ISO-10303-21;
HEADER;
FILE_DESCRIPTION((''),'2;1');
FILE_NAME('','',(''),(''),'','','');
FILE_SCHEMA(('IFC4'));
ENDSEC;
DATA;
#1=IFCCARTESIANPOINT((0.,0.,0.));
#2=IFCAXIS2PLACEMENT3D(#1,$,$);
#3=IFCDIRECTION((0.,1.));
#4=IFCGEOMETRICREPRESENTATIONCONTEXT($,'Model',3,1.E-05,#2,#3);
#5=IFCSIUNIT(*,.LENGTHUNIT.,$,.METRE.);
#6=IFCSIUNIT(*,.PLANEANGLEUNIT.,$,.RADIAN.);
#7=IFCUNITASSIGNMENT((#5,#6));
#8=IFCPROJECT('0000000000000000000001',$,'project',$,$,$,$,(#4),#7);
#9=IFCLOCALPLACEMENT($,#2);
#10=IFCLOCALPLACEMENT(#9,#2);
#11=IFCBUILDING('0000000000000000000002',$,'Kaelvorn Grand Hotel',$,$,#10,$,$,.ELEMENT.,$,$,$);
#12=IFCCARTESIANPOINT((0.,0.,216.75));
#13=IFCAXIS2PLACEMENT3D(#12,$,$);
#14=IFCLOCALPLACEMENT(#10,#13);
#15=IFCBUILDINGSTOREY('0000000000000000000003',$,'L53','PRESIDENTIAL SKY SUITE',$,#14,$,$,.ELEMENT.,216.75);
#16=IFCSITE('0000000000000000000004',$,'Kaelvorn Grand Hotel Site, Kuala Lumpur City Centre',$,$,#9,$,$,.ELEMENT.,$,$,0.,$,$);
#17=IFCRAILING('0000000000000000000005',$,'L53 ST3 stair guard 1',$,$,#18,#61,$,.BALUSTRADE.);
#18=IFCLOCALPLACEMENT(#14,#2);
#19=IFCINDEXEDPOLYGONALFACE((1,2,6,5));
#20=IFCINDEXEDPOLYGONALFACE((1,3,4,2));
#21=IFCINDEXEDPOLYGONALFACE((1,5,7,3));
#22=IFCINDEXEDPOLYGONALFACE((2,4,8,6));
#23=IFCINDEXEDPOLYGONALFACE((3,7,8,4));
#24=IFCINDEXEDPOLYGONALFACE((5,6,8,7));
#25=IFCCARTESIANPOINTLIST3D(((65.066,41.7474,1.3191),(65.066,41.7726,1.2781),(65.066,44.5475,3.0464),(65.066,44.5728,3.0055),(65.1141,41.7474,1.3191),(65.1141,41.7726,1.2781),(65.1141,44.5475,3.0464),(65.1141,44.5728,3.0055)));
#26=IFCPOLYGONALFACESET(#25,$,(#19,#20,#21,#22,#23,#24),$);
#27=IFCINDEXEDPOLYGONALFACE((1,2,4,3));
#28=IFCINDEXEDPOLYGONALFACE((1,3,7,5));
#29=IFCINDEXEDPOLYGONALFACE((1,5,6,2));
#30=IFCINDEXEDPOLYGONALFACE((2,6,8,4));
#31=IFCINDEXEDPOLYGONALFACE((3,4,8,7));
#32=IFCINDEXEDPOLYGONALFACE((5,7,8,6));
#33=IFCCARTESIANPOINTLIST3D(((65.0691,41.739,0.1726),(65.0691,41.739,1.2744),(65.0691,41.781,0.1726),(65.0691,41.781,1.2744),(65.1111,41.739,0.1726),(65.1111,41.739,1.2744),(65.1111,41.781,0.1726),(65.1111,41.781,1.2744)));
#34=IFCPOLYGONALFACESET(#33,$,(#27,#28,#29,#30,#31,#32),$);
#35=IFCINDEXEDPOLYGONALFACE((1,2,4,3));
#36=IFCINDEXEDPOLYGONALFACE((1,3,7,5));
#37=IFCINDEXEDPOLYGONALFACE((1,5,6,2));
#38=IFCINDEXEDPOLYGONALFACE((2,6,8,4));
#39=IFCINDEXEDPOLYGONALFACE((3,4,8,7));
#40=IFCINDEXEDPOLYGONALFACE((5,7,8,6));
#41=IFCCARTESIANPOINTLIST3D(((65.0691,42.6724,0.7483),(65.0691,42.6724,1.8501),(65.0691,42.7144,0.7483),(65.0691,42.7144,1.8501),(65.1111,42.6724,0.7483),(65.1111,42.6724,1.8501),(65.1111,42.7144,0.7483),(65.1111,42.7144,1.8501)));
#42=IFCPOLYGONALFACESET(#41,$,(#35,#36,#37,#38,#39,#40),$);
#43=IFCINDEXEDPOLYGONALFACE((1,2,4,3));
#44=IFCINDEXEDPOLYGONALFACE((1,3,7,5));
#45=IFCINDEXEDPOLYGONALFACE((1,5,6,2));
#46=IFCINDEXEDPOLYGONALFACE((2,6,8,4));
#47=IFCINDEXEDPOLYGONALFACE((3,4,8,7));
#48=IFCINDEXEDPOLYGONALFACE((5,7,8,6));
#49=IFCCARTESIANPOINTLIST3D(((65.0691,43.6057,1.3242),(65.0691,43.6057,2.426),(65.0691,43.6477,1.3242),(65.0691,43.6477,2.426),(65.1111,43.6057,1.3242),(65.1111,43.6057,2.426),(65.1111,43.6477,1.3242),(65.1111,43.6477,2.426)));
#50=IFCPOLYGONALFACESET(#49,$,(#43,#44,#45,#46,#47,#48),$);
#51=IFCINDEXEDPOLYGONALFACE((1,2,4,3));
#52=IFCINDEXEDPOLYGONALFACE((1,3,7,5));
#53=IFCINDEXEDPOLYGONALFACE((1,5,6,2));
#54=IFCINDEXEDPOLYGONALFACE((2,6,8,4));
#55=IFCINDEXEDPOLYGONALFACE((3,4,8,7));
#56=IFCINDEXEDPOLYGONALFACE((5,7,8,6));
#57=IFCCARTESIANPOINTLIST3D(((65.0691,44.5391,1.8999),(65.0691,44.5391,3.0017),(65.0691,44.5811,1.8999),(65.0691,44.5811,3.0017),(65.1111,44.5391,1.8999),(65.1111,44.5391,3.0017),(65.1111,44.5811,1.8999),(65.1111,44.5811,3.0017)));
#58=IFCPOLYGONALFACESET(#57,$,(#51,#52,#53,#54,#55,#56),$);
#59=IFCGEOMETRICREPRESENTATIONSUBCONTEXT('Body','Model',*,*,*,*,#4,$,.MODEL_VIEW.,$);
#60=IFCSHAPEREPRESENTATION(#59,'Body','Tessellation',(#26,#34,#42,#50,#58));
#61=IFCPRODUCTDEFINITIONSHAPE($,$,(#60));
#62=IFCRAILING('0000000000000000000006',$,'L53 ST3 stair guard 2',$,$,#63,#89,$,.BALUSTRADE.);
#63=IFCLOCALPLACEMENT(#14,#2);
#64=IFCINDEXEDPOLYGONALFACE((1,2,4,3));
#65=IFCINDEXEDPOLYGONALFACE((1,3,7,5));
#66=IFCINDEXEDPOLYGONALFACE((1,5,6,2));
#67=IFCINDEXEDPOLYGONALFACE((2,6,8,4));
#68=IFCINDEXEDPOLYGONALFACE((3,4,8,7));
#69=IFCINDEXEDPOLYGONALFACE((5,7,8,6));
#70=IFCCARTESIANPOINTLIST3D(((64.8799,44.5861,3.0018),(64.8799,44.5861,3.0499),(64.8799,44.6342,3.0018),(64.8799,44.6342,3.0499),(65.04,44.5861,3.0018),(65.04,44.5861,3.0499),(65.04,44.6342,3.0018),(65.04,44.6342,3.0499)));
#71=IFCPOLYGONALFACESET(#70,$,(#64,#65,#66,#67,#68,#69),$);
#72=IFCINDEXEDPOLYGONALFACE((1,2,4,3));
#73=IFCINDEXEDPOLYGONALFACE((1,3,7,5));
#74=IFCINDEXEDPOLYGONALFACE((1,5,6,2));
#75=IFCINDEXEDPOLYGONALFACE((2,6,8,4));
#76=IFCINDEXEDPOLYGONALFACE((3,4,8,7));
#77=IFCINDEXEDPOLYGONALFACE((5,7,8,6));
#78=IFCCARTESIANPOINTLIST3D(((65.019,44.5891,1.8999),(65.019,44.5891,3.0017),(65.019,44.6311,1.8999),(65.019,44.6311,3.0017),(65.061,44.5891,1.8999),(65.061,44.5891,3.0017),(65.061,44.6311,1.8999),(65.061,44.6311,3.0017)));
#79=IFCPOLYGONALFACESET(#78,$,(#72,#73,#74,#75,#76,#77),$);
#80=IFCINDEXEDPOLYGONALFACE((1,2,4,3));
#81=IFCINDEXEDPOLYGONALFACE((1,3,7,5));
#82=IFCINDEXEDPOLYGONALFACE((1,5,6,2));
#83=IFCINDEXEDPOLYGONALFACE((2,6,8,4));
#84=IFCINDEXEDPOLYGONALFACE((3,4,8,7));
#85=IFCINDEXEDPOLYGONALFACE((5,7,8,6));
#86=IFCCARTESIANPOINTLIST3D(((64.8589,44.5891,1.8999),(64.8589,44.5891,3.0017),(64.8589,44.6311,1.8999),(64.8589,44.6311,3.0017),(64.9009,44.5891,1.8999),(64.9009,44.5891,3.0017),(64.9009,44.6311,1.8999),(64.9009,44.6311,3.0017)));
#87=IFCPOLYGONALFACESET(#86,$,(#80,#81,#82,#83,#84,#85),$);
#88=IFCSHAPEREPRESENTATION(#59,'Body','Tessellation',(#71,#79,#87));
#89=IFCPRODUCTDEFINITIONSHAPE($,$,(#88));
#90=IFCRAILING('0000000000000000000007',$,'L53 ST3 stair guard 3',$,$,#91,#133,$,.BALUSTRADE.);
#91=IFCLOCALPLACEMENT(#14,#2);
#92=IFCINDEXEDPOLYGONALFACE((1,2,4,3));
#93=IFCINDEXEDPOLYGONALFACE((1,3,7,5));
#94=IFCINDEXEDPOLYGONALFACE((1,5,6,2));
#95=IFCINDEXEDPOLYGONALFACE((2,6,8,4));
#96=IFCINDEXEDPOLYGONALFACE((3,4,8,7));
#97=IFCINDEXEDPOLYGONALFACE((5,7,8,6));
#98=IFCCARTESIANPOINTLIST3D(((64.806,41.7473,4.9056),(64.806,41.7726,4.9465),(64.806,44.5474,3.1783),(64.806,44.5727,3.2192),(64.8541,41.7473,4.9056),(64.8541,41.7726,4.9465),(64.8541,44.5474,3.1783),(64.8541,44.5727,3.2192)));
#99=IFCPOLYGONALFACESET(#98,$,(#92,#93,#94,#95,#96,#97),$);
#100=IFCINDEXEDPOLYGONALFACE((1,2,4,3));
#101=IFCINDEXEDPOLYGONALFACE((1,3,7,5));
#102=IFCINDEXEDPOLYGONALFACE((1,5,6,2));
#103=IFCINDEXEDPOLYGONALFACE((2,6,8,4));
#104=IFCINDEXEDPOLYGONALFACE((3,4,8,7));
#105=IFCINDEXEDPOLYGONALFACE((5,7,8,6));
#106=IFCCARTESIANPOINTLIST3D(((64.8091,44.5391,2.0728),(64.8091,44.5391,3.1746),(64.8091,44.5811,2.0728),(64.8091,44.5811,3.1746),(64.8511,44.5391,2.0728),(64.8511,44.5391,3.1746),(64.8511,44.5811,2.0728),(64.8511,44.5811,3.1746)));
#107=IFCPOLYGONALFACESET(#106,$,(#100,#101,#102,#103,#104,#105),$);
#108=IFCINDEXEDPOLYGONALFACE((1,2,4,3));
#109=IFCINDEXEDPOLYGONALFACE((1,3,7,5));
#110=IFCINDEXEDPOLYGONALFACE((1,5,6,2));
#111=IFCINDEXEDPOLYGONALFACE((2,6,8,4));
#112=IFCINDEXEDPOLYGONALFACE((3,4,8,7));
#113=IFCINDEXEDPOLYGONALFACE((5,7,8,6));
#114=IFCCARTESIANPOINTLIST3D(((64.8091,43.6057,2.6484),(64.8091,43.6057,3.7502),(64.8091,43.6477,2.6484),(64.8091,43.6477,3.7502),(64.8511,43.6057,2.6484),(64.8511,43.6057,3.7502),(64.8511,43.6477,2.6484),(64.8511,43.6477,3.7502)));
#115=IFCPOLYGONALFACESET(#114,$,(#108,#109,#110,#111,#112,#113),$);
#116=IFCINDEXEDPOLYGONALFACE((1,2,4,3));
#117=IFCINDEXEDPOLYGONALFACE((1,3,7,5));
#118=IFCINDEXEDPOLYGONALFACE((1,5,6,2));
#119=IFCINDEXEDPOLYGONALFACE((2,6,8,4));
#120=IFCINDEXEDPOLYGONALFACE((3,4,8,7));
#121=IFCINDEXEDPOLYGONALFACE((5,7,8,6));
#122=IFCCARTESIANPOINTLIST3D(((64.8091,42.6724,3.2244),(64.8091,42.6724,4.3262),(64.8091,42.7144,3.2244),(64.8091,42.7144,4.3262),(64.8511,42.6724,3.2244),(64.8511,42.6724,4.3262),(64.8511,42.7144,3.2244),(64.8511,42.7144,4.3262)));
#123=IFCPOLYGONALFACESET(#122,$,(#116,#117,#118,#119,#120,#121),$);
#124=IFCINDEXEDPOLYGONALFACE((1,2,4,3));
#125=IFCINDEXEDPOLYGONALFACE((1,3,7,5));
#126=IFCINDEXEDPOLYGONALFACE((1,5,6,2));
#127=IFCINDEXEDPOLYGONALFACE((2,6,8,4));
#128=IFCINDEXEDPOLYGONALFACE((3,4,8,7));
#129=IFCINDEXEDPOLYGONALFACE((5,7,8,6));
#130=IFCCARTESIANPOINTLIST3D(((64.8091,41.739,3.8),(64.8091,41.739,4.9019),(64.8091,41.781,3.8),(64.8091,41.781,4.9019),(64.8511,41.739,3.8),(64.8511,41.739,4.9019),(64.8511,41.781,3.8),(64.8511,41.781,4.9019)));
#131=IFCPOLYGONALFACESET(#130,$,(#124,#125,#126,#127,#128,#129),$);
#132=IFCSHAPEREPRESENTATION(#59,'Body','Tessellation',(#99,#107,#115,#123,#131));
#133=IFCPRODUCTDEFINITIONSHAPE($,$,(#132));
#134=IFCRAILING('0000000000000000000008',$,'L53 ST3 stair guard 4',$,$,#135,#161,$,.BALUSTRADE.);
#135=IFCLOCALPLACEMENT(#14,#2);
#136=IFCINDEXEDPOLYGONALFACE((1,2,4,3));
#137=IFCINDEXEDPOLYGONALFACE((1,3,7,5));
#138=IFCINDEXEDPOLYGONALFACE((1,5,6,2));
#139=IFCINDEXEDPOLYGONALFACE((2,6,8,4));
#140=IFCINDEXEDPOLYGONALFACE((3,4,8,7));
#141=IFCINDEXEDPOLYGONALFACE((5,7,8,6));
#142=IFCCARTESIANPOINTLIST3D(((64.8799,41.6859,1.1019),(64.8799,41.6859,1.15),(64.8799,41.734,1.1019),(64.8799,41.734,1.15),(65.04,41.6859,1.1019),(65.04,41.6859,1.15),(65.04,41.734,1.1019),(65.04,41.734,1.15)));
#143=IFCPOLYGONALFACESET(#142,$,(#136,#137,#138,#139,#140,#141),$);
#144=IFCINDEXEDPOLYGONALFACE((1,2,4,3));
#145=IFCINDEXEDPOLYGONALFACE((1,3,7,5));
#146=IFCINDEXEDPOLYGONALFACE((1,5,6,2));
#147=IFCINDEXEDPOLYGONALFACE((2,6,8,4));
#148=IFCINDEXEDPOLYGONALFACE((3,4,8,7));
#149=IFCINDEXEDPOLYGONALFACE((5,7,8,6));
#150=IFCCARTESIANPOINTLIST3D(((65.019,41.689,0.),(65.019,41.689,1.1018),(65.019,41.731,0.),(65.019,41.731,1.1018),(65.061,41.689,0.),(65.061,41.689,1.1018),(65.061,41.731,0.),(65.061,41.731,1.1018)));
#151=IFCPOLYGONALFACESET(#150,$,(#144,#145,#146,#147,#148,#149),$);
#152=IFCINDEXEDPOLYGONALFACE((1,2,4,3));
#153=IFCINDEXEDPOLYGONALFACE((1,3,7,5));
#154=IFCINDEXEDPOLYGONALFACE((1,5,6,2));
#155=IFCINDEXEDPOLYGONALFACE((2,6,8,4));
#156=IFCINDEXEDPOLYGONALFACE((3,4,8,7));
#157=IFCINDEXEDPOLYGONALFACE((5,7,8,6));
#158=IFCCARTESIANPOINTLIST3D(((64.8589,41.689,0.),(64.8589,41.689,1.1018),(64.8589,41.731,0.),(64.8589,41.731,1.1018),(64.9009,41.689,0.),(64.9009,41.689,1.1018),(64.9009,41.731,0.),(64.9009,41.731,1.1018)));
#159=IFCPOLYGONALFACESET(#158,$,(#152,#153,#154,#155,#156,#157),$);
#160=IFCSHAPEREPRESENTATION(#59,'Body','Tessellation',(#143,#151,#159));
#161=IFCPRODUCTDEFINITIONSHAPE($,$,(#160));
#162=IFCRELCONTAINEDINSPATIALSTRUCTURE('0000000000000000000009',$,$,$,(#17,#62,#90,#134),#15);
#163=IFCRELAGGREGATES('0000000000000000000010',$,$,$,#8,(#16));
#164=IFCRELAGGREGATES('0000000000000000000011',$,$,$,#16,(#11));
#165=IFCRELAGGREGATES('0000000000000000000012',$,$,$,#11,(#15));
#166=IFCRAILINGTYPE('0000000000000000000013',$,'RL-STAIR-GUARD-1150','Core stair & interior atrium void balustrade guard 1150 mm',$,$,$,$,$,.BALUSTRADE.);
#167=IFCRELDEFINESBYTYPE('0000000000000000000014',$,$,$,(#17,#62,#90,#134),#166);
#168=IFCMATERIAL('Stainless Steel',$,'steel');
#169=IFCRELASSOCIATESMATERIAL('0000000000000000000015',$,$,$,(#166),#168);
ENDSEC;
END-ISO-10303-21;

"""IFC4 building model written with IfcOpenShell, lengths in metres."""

from ifc_helpers import new_model, si_unit, direction, frame, origin, origin_2d, place, context, subcontext, project, spatial, rectangle, extrude, material, type_object, element, save


model = new_model("IFC4")

# Units and contexts
model_context = context("Model", 3, precision=1e-05, world=origin(), true_north=direction((0.0, 1.0)))
body_context = subcontext(model_context, "Body", "Model", "MODEL_VIEW")
ifc_project = project(units=[si_unit("LENGTHUNIT", "METRE"), si_unit("PLANEANGLEUNIT", "RADIAN")], contexts=[model_context])

# Site, building, storey
site_placement = place(None, origin())
site = spatial("IfcSite", under=ifc_project, at=site_placement, Name="Kaelvorn Grand Hotel Site, Kuala Lumpur City Centre", CompositionType="ELEMENT", RefElevation=0.0)
building_placement = place(site_placement, origin())
building = spatial("IfcBuilding", under=site, at=building_placement, Name="Kaelvorn Grand Hotel", CompositionType="ELEMENT")
storey_placement = place(building_placement, frame((0.0, 0.0, 216.75)))
storey = spatial("IfcBuildingStorey", under=building, at=storey_placement, Name="L53", Description="PRESIDENTIAL SKY SUITE", CompositionType="ELEMENT", Elevation=216.75)

# Shared definitions
ifc_material_1 = material(Name="Stainless Steel", Category="steel")

# Railings
railing_type_1 = type_object("IfcRailingType", Name="RL-STAIR-GUARD-1150", Description="Core stair & interior atrium void balustrade guard 1150 mm", PredefinedType="BALUSTRADE", material=ifc_material_1)
railing_1_placement = place(storey_placement, frame((65.0901, 41.76, 0.1726)))
element("IfcRailing", 1, at=railing_1_placement, inside=storey, type_object=railing_type_1, Name="L53 ST3 stair guard 1", PredefinedType="BALUSTRADE", context=body_context, shape_type="SweptSolid", body=[
    extrude(rectangle(XDim=0.0481, YDim=0.0481, at=origin_2d()), frame((0.0, 0.0, 1.126), z_axis=(0.0, 0.85109, 0.52502), x_axis=(-1.0, 0.0, 0.0)), (0.0, 0.0, 1.0), 3.29),
    extrude(rectangle(XDim=0.042, YDim=0.042, at=origin_2d()), origin(), (0.0, 0.0, 1.0), 1.1018),
    extrude(rectangle(XDim=0.042, YDim=0.042, at=origin_2d()), frame((0.0, 0.9333, 0.5757)), (0.0, 0.0, 1.0), 1.1018),
    extrude(rectangle(XDim=0.042, YDim=0.042, at=origin_2d()), frame((0.0, 1.8667, 1.1516)), (0.0, 0.0, 1.0), 1.1018),
    extrude(rectangle(XDim=0.042, YDim=0.042, at=origin_2d()), frame((0.0, 2.8, 1.7273)), (0.0, 0.0, 1.0), 1.1018),
])
railing_2_placement = place(storey_placement, frame((65.04, 44.6101, 1.8999)))
element("IfcRailing", 2, at=railing_2_placement, inside=storey, type_object=railing_type_1, Name="L53 ST3 stair guard 2", PredefinedType="BALUSTRADE", context=body_context, shape_type="SweptSolid", body=[
    extrude(rectangle(XDim=0.0481, YDim=0.0481, at=origin_2d()), frame((0.0, 0.0, 1.126), z_axis=(-1.0, 0.0, 0.0), x_axis=(0.0, -1.0, 0.0)), (0.0, 0.0, 1.0), 0.1602),
    extrude(rectangle(XDim=0.042, YDim=0.042, at=origin_2d()), origin(), (0.0, 0.0, 1.0), 1.1018),
    extrude(rectangle(XDim=0.042, YDim=0.042, at=origin_2d()), frame((-0.1602, 0.0, 0.0)), (0.0, 0.0, 1.0), 1.1018),
])
railing_3_placement = place(storey_placement, frame((64.8301, 44.5601, 2.0728)))
element("IfcRailing", 3, at=railing_3_placement, inside=storey, type_object=railing_type_1, Name="L53 ST3 stair guard 3", PredefinedType="BALUSTRADE", context=body_context, shape_type="SweptSolid", body=[
    extrude(rectangle(XDim=0.0481, YDim=0.0481, at=origin_2d()), frame((0.0, 0.0, 1.126), z_axis=(0.0, -0.85109, 0.52502), x_axis=(1.0, 0.0, 0.0)), (0.0, 0.0, 1.0), 3.29),
    extrude(rectangle(XDim=0.042, YDim=0.042, at=origin_2d()), origin(), (0.0, 0.0, 1.0), 1.1018),
    extrude(rectangle(XDim=0.042, YDim=0.042, at=origin_2d()), frame((0.0, -0.9333, 0.5757)), (0.0, 0.0, 1.0), 1.1018),
    extrude(rectangle(XDim=0.042, YDim=0.042, at=origin_2d()), frame((0.0, -1.8667, 1.1516)), (0.0, 0.0, 1.0), 1.1018),
    extrude(rectangle(XDim=0.042, YDim=0.042, at=origin_2d()), frame((0.0, -2.8, 1.7273)), (0.0, 0.0, 1.0), 1.1018),
])
railing_4_placement = place(storey_placement, frame((65.04, 41.71, 0.0)))
element("IfcRailing", 4, at=railing_4_placement, inside=storey, type_object=railing_type_1, Name="L53 ST3 stair guard 4", PredefinedType="BALUSTRADE", context=body_context, shape_type="SweptSolid", body=[
    extrude(rectangle(XDim=0.0481, YDim=0.0481, at=origin_2d()), frame((0.0, 0.0, 1.126), z_axis=(-1.0, 0.0, 0.0), x_axis=(0.0, -1.0, 0.0)), (0.0, 0.0, 1.0), 0.1602),
    extrude(rectangle(XDim=0.042, YDim=0.042, at=origin_2d()), origin(), (0.0, 0.0, 1.0), 1.1018),
    extrude(rectangle(XDim=0.042, YDim=0.042, at=origin_2d()), frame((-0.1602, 0.0, 0.0)), (0.0, 0.0, 1.0), 1.1018),
])

save(model, "model.ifc")
